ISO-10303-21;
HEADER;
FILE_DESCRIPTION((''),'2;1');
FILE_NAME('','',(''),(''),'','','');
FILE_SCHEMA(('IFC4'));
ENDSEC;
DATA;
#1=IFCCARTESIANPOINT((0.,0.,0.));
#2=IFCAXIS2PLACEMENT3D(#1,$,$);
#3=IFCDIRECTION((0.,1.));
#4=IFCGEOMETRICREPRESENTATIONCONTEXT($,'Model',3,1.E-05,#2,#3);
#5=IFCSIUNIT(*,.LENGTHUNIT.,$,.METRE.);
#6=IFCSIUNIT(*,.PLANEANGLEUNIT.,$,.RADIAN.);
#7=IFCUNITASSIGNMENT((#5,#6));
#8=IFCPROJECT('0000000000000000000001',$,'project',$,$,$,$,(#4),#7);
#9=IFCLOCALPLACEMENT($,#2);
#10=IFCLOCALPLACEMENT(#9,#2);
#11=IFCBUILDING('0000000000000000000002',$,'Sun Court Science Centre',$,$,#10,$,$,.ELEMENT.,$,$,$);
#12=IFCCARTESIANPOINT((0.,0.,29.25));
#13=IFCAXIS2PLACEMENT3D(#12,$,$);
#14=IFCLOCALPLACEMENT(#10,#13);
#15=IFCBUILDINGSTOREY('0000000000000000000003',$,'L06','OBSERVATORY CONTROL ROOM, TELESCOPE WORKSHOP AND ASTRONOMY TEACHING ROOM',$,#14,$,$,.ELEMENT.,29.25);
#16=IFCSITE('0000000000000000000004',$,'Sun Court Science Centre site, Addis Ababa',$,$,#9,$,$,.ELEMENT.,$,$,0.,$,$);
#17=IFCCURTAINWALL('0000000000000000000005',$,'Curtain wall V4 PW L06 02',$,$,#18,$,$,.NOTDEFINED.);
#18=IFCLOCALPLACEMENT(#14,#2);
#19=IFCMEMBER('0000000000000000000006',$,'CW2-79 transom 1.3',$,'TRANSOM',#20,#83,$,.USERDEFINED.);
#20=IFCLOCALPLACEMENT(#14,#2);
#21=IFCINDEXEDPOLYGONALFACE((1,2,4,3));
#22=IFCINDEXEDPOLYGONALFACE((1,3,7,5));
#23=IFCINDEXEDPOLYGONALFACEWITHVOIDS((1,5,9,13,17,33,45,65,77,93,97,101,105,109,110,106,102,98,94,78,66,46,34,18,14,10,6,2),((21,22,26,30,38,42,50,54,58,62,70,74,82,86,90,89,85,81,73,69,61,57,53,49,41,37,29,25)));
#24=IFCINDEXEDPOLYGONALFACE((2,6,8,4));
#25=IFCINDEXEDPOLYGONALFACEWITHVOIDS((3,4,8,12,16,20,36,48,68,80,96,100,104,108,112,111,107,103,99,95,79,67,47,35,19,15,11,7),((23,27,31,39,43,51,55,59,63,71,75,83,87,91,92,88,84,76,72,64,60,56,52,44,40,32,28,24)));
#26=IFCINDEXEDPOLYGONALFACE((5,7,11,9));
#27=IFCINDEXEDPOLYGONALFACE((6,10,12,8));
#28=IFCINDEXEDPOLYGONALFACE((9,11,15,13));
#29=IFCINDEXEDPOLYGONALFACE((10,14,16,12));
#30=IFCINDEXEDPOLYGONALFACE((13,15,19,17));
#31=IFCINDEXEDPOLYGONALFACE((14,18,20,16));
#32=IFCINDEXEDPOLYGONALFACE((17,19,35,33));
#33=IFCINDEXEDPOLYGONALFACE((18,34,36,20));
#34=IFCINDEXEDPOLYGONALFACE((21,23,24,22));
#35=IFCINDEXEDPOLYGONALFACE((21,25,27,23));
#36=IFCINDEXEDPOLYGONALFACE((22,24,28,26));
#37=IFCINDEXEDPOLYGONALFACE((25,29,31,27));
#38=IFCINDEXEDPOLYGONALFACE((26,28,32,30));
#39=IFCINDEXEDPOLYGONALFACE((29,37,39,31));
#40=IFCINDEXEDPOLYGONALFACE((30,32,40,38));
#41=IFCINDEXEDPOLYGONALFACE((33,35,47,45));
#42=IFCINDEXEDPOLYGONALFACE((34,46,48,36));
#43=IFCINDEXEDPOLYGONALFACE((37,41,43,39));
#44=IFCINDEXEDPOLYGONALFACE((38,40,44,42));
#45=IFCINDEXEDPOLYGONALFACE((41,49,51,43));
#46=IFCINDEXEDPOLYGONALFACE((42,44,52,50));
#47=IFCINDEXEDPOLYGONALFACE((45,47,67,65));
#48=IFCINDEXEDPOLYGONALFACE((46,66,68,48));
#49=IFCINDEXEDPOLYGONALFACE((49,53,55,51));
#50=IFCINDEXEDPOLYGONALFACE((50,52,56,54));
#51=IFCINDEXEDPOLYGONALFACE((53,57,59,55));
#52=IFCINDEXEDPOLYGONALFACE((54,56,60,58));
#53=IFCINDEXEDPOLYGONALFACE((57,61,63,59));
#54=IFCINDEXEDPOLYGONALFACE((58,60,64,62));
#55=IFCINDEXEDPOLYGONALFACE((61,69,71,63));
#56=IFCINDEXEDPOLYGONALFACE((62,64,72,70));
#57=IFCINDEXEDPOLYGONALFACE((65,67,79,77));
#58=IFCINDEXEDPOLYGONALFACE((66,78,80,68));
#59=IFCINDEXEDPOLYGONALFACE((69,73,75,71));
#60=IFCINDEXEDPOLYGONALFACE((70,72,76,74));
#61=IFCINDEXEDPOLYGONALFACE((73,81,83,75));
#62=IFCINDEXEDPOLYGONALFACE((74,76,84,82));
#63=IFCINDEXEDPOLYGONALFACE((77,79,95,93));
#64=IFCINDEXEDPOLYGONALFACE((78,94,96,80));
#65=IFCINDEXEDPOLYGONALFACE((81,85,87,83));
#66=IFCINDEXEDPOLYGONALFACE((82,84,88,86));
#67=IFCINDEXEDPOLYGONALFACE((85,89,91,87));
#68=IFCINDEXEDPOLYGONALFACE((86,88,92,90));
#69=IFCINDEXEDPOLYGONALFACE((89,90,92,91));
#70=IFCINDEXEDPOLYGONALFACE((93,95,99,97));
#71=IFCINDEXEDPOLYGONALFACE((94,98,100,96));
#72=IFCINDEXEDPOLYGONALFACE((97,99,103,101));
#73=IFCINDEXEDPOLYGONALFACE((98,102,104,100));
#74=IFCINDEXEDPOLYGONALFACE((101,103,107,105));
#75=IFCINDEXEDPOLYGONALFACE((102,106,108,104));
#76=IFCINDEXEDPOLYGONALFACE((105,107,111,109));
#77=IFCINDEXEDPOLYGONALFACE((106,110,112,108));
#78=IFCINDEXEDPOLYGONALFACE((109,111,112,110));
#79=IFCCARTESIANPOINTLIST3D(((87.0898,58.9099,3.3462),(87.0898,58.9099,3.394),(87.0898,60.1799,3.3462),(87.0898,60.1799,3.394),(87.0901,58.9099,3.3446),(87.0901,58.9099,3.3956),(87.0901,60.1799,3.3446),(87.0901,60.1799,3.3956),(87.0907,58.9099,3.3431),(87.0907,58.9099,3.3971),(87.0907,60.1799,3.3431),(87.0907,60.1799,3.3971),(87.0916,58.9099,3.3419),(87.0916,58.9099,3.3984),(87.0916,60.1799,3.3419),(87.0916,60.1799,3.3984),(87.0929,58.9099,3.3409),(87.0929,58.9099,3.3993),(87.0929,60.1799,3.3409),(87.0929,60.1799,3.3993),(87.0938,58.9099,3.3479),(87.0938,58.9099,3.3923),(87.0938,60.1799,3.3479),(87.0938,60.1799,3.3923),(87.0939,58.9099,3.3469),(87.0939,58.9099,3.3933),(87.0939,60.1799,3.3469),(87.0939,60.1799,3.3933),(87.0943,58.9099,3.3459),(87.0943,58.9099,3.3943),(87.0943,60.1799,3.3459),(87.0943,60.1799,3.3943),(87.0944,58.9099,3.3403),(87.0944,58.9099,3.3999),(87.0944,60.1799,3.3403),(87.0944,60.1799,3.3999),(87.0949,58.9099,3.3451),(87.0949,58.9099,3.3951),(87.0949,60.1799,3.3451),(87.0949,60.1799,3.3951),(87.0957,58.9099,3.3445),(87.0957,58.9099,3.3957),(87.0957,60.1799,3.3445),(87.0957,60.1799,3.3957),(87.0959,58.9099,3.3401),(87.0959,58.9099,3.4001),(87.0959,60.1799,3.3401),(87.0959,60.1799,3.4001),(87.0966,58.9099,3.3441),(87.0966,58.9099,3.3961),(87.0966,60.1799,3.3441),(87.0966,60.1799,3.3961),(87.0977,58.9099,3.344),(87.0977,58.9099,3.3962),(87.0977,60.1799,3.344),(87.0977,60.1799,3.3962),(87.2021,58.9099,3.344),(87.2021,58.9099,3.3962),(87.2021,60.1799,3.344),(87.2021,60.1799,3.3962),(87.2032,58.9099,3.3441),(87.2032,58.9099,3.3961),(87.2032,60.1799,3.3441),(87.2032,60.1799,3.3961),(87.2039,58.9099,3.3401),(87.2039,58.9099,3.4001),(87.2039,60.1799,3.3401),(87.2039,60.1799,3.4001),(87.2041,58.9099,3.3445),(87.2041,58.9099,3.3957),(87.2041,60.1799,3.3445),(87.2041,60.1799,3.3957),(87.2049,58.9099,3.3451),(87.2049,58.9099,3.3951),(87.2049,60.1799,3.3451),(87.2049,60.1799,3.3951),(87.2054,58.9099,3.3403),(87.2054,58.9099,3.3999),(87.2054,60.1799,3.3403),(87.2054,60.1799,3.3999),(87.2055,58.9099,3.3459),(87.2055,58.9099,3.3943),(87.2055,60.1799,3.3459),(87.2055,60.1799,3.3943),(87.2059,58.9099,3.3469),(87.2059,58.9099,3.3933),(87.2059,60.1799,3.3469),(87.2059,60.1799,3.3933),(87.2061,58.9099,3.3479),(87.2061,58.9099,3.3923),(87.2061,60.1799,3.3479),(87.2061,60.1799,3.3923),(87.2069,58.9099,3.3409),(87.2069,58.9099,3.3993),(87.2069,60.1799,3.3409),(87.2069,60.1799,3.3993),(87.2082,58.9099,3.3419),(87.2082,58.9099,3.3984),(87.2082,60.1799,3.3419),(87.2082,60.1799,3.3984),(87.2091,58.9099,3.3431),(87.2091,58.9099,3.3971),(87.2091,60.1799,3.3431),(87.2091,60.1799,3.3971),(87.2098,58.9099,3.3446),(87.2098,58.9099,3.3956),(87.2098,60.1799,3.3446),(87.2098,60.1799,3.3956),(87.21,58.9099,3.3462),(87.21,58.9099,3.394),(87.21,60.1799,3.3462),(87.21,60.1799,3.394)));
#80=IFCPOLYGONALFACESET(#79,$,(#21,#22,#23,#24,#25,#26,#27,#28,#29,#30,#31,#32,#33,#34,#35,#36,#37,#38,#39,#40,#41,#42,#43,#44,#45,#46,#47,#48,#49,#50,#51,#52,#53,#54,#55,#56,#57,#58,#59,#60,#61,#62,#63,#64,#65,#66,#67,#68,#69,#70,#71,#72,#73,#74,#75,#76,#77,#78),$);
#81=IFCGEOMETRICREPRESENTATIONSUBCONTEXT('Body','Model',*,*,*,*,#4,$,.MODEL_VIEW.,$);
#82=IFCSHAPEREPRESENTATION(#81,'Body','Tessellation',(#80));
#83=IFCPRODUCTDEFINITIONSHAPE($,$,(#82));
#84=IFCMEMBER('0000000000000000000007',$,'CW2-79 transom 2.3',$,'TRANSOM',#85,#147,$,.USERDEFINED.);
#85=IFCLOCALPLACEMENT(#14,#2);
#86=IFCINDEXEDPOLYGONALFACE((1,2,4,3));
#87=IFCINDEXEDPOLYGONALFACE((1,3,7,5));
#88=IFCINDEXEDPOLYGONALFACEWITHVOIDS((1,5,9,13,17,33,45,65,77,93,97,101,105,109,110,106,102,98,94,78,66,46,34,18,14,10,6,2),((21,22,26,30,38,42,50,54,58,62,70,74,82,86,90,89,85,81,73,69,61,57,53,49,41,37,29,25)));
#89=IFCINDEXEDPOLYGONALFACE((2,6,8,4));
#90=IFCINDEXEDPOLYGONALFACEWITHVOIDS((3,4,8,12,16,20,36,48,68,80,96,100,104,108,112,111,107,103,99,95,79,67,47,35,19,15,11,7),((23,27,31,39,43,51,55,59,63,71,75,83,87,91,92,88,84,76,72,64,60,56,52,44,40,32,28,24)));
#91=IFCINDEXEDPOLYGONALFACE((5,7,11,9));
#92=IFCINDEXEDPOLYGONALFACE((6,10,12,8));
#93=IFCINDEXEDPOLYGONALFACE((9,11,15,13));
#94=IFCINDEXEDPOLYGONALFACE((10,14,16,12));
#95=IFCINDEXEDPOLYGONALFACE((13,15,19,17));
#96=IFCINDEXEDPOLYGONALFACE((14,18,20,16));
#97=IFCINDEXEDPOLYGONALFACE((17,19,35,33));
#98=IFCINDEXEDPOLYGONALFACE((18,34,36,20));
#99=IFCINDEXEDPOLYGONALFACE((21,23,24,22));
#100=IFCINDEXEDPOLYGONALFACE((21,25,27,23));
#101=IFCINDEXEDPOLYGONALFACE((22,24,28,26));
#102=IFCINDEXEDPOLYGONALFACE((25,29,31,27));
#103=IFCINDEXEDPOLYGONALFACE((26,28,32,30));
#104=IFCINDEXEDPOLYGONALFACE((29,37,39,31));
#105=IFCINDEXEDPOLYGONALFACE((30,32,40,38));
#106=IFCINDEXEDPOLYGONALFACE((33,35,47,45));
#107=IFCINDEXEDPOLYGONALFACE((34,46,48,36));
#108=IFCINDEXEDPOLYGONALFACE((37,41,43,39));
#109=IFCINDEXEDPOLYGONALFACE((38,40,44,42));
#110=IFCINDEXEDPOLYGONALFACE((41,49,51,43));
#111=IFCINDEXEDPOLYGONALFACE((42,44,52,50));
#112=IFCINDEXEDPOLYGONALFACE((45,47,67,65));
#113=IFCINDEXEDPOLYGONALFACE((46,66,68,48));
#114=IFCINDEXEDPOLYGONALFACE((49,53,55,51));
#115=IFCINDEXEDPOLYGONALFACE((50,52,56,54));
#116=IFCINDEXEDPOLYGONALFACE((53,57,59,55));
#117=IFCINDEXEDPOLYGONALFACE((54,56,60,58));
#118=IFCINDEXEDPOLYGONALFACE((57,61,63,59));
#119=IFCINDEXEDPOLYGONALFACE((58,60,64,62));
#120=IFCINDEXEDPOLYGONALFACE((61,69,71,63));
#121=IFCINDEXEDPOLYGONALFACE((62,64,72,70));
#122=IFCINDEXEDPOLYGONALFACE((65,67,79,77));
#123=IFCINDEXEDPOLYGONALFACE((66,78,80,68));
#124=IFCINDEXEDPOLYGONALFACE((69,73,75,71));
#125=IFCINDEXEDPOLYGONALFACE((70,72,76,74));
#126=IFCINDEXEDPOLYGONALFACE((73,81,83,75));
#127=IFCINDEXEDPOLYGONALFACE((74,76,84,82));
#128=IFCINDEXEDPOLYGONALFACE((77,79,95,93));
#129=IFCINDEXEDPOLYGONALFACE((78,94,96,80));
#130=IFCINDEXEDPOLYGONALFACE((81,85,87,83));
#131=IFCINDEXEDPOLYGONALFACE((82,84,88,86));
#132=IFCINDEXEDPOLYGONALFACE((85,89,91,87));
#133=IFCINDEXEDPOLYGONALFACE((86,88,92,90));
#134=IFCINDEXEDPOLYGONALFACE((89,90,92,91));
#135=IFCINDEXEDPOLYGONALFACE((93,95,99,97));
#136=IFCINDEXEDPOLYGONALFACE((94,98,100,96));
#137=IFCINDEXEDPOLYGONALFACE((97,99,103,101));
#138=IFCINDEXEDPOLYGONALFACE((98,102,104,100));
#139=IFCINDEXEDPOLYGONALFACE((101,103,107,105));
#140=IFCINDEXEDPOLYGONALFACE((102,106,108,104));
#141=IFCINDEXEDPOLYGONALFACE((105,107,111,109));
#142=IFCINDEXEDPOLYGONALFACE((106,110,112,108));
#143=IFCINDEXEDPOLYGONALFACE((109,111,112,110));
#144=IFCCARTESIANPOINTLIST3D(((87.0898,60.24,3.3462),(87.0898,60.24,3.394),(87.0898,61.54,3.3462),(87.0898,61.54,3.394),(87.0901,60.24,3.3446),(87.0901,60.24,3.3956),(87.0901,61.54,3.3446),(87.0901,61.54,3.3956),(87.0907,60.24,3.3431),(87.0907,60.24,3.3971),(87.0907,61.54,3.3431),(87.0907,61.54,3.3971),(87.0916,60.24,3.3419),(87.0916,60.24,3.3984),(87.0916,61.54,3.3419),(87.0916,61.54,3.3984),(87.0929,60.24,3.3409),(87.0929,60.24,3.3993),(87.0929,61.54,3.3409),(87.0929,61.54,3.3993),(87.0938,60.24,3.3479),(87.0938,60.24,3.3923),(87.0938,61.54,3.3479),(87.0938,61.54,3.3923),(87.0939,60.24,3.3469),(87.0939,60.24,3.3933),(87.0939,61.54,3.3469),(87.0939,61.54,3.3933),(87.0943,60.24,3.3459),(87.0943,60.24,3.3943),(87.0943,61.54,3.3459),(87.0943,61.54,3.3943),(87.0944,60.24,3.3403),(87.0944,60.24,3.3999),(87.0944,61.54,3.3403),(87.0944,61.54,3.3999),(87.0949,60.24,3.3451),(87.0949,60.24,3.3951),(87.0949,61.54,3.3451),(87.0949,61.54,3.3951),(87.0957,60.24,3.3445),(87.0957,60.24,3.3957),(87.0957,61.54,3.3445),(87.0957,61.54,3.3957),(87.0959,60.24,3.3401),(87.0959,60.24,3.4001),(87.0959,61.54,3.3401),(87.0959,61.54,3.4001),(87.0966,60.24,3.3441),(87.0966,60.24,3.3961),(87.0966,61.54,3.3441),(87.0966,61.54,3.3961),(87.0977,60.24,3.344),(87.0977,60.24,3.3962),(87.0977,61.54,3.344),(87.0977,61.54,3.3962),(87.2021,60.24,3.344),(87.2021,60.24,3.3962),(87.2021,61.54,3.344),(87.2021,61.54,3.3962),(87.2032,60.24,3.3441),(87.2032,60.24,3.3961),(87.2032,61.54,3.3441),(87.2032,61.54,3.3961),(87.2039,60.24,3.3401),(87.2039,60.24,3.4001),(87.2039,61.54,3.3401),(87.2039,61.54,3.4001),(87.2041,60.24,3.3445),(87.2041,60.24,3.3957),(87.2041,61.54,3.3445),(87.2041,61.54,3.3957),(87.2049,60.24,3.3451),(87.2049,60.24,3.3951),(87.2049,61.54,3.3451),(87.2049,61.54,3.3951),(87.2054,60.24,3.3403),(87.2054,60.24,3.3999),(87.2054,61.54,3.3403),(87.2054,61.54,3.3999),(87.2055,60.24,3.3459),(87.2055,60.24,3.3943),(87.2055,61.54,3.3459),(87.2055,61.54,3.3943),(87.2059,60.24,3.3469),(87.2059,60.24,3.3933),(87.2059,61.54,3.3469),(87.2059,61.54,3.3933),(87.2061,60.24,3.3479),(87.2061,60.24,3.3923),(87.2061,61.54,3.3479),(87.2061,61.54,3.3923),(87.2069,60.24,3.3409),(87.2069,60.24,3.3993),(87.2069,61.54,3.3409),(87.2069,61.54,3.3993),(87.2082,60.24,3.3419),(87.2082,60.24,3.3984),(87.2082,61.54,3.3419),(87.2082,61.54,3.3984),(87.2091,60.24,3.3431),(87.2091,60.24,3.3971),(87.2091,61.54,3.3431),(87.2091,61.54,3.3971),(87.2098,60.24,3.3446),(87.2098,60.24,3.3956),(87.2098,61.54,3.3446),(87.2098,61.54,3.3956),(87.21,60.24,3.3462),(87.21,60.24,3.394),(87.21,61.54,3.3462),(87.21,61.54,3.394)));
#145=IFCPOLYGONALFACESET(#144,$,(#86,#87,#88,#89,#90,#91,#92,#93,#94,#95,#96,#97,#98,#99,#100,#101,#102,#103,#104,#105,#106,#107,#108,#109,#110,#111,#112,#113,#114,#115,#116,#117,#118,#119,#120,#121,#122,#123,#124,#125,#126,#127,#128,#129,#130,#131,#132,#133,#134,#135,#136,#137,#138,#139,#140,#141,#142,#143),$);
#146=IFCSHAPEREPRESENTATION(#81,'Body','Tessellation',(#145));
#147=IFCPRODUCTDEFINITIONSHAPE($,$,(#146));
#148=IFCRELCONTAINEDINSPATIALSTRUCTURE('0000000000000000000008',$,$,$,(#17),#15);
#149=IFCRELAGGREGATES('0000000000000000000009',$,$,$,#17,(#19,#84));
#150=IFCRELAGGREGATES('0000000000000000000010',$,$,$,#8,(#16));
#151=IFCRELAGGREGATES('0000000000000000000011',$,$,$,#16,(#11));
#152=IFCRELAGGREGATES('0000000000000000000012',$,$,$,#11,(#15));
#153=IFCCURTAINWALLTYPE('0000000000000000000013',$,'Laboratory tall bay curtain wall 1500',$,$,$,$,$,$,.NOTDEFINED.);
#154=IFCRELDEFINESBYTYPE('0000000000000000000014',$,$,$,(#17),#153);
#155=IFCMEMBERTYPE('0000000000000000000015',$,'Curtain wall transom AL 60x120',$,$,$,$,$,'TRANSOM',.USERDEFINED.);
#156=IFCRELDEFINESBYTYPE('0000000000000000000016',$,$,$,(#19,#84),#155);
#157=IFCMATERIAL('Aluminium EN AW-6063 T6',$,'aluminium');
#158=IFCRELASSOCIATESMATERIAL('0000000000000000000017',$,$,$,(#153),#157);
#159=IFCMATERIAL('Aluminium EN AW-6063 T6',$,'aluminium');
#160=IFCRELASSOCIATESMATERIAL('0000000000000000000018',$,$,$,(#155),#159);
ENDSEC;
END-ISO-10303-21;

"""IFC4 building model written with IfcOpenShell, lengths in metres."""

from ifc_helpers import new_model, si_unit, direction, frame, origin, origin_2d, place, context, subcontext, project, spatial, hollow_rectangle, extrude, material, material_profile, profile_set, type_object, element, aggregate, save


model = new_model("IFC4")

# Units and contexts
model_context = context("Model", 3, precision=1e-05, world=origin(), true_north=direction((0.0, 1.0)))
body_context = subcontext(model_context, "Body", "Model", "MODEL_VIEW")
ifc_project = project(units=[si_unit("LENGTHUNIT", "METRE"), si_unit("PLANEANGLEUNIT", "RADIAN")], contexts=[model_context])

# Site, building, storey
site_placement = place(None, origin())
site = spatial("IfcSite", under=ifc_project, at=site_placement, Name="Sun Court Science Centre site, Addis Ababa", CompositionType="ELEMENT", RefElevation=0.0)
building_placement = place(site_placement, origin())
building = spatial("IfcBuilding", under=site, at=building_placement, Name="Sun Court Science Centre", CompositionType="ELEMENT")
storey_placement = place(building_placement, frame((0.0, 0.0, 29.25)))
storey = spatial("IfcBuildingStorey", under=building, at=storey_placement, Name="L06", Description="OBSERVATORY CONTROL ROOM, TELESCOPE WORKSHOP AND ASTRONOMY TEACHING ROOM", CompositionType="ELEMENT", Elevation=29.25)

# Curtain wall, members
ifc_material_1 = material(Name="Aluminium EN AW-6063 T6", Category="aluminium")
curtain_wall_type = type_object("IfcCurtainWallType", Name="Laboratory tall bay curtain wall 1500", PredefinedType="NOTDEFINED", material=ifc_material_1)
curtain_wall_placement = place(storey_placement, origin())
curtain_wall = element("IfcCurtainWall", 1, at=curtain_wall_placement, inside=storey, type_object=curtain_wall_type, Name="Curtain wall V4 PW L06 02", PredefinedType="NOTDEFINED")
ifc_material_2 = material(Name="Aluminium EN AW-6063 T6", Category="aluminium")
ifc_material_profile_1 = material_profile(ifc_material_2, hollow_rectangle(XDim=0.0601, YDim=0.1201, WallThickness=0.0039, InnerFilletRadius=0.0039, OuterFilletRadius=0.0061, at=origin_2d()), Name="AL 60x120x4")
ifc_profile_set_1 = profile_set([ifc_material_profile_1], Name="Aluminium EN AW-6063 T6")
member_type_1 = type_object("IfcMemberType", Name="Curtain wall transom AL 60x120", ElementType="TRANSOM", PredefinedType="USERDEFINED", material=ifc_profile_set_1)
member_1_placement = place(storey_placement, frame((87.1499, 58.9099, 3.3701), z_axis=(0.0, 1.0, 0.0), x_axis=(0.0, 0.0, 1.0)))
member_1 = element("IfcMember", 2, at=member_1_placement, type_object=member_type_1, Name="CW2-79 transom 1.3", ObjectType="TRANSOM", PredefinedType="USERDEFINED", context=body_context, shape_type="SweptSolid", body=[
    extrude(hollow_rectangle(XDim=0.0601, YDim=0.1201, WallThickness=0.0039, InnerFilletRadius=0.0039, OuterFilletRadius=0.0061, at=origin_2d()), origin(), (0.0, 0.0, 1.0), 1.27),
])
member_2_placement = place(storey_placement, frame((87.1499, 60.24, 3.3701), z_axis=(0.0, 1.0, 0.0), x_axis=(0.0, 0.0, 1.0)))
member_2 = element("IfcMember", 3, at=member_2_placement, type_object=member_type_1, Name="CW2-79 transom 2.3", ObjectType="TRANSOM", PredefinedType="USERDEFINED", context=body_context, shape_type="SweptSolid", body=[
    extrude(hollow_rectangle(XDim=0.0601, YDim=0.1201, WallThickness=0.0039, InnerFilletRadius=0.0039, OuterFilletRadius=0.0061, at=origin_2d()), origin(), (0.0, 0.0, 1.0), 1.3),
])
aggregate(curtain_wall, [member_1, member_2])

save(model, "model.ifc")
